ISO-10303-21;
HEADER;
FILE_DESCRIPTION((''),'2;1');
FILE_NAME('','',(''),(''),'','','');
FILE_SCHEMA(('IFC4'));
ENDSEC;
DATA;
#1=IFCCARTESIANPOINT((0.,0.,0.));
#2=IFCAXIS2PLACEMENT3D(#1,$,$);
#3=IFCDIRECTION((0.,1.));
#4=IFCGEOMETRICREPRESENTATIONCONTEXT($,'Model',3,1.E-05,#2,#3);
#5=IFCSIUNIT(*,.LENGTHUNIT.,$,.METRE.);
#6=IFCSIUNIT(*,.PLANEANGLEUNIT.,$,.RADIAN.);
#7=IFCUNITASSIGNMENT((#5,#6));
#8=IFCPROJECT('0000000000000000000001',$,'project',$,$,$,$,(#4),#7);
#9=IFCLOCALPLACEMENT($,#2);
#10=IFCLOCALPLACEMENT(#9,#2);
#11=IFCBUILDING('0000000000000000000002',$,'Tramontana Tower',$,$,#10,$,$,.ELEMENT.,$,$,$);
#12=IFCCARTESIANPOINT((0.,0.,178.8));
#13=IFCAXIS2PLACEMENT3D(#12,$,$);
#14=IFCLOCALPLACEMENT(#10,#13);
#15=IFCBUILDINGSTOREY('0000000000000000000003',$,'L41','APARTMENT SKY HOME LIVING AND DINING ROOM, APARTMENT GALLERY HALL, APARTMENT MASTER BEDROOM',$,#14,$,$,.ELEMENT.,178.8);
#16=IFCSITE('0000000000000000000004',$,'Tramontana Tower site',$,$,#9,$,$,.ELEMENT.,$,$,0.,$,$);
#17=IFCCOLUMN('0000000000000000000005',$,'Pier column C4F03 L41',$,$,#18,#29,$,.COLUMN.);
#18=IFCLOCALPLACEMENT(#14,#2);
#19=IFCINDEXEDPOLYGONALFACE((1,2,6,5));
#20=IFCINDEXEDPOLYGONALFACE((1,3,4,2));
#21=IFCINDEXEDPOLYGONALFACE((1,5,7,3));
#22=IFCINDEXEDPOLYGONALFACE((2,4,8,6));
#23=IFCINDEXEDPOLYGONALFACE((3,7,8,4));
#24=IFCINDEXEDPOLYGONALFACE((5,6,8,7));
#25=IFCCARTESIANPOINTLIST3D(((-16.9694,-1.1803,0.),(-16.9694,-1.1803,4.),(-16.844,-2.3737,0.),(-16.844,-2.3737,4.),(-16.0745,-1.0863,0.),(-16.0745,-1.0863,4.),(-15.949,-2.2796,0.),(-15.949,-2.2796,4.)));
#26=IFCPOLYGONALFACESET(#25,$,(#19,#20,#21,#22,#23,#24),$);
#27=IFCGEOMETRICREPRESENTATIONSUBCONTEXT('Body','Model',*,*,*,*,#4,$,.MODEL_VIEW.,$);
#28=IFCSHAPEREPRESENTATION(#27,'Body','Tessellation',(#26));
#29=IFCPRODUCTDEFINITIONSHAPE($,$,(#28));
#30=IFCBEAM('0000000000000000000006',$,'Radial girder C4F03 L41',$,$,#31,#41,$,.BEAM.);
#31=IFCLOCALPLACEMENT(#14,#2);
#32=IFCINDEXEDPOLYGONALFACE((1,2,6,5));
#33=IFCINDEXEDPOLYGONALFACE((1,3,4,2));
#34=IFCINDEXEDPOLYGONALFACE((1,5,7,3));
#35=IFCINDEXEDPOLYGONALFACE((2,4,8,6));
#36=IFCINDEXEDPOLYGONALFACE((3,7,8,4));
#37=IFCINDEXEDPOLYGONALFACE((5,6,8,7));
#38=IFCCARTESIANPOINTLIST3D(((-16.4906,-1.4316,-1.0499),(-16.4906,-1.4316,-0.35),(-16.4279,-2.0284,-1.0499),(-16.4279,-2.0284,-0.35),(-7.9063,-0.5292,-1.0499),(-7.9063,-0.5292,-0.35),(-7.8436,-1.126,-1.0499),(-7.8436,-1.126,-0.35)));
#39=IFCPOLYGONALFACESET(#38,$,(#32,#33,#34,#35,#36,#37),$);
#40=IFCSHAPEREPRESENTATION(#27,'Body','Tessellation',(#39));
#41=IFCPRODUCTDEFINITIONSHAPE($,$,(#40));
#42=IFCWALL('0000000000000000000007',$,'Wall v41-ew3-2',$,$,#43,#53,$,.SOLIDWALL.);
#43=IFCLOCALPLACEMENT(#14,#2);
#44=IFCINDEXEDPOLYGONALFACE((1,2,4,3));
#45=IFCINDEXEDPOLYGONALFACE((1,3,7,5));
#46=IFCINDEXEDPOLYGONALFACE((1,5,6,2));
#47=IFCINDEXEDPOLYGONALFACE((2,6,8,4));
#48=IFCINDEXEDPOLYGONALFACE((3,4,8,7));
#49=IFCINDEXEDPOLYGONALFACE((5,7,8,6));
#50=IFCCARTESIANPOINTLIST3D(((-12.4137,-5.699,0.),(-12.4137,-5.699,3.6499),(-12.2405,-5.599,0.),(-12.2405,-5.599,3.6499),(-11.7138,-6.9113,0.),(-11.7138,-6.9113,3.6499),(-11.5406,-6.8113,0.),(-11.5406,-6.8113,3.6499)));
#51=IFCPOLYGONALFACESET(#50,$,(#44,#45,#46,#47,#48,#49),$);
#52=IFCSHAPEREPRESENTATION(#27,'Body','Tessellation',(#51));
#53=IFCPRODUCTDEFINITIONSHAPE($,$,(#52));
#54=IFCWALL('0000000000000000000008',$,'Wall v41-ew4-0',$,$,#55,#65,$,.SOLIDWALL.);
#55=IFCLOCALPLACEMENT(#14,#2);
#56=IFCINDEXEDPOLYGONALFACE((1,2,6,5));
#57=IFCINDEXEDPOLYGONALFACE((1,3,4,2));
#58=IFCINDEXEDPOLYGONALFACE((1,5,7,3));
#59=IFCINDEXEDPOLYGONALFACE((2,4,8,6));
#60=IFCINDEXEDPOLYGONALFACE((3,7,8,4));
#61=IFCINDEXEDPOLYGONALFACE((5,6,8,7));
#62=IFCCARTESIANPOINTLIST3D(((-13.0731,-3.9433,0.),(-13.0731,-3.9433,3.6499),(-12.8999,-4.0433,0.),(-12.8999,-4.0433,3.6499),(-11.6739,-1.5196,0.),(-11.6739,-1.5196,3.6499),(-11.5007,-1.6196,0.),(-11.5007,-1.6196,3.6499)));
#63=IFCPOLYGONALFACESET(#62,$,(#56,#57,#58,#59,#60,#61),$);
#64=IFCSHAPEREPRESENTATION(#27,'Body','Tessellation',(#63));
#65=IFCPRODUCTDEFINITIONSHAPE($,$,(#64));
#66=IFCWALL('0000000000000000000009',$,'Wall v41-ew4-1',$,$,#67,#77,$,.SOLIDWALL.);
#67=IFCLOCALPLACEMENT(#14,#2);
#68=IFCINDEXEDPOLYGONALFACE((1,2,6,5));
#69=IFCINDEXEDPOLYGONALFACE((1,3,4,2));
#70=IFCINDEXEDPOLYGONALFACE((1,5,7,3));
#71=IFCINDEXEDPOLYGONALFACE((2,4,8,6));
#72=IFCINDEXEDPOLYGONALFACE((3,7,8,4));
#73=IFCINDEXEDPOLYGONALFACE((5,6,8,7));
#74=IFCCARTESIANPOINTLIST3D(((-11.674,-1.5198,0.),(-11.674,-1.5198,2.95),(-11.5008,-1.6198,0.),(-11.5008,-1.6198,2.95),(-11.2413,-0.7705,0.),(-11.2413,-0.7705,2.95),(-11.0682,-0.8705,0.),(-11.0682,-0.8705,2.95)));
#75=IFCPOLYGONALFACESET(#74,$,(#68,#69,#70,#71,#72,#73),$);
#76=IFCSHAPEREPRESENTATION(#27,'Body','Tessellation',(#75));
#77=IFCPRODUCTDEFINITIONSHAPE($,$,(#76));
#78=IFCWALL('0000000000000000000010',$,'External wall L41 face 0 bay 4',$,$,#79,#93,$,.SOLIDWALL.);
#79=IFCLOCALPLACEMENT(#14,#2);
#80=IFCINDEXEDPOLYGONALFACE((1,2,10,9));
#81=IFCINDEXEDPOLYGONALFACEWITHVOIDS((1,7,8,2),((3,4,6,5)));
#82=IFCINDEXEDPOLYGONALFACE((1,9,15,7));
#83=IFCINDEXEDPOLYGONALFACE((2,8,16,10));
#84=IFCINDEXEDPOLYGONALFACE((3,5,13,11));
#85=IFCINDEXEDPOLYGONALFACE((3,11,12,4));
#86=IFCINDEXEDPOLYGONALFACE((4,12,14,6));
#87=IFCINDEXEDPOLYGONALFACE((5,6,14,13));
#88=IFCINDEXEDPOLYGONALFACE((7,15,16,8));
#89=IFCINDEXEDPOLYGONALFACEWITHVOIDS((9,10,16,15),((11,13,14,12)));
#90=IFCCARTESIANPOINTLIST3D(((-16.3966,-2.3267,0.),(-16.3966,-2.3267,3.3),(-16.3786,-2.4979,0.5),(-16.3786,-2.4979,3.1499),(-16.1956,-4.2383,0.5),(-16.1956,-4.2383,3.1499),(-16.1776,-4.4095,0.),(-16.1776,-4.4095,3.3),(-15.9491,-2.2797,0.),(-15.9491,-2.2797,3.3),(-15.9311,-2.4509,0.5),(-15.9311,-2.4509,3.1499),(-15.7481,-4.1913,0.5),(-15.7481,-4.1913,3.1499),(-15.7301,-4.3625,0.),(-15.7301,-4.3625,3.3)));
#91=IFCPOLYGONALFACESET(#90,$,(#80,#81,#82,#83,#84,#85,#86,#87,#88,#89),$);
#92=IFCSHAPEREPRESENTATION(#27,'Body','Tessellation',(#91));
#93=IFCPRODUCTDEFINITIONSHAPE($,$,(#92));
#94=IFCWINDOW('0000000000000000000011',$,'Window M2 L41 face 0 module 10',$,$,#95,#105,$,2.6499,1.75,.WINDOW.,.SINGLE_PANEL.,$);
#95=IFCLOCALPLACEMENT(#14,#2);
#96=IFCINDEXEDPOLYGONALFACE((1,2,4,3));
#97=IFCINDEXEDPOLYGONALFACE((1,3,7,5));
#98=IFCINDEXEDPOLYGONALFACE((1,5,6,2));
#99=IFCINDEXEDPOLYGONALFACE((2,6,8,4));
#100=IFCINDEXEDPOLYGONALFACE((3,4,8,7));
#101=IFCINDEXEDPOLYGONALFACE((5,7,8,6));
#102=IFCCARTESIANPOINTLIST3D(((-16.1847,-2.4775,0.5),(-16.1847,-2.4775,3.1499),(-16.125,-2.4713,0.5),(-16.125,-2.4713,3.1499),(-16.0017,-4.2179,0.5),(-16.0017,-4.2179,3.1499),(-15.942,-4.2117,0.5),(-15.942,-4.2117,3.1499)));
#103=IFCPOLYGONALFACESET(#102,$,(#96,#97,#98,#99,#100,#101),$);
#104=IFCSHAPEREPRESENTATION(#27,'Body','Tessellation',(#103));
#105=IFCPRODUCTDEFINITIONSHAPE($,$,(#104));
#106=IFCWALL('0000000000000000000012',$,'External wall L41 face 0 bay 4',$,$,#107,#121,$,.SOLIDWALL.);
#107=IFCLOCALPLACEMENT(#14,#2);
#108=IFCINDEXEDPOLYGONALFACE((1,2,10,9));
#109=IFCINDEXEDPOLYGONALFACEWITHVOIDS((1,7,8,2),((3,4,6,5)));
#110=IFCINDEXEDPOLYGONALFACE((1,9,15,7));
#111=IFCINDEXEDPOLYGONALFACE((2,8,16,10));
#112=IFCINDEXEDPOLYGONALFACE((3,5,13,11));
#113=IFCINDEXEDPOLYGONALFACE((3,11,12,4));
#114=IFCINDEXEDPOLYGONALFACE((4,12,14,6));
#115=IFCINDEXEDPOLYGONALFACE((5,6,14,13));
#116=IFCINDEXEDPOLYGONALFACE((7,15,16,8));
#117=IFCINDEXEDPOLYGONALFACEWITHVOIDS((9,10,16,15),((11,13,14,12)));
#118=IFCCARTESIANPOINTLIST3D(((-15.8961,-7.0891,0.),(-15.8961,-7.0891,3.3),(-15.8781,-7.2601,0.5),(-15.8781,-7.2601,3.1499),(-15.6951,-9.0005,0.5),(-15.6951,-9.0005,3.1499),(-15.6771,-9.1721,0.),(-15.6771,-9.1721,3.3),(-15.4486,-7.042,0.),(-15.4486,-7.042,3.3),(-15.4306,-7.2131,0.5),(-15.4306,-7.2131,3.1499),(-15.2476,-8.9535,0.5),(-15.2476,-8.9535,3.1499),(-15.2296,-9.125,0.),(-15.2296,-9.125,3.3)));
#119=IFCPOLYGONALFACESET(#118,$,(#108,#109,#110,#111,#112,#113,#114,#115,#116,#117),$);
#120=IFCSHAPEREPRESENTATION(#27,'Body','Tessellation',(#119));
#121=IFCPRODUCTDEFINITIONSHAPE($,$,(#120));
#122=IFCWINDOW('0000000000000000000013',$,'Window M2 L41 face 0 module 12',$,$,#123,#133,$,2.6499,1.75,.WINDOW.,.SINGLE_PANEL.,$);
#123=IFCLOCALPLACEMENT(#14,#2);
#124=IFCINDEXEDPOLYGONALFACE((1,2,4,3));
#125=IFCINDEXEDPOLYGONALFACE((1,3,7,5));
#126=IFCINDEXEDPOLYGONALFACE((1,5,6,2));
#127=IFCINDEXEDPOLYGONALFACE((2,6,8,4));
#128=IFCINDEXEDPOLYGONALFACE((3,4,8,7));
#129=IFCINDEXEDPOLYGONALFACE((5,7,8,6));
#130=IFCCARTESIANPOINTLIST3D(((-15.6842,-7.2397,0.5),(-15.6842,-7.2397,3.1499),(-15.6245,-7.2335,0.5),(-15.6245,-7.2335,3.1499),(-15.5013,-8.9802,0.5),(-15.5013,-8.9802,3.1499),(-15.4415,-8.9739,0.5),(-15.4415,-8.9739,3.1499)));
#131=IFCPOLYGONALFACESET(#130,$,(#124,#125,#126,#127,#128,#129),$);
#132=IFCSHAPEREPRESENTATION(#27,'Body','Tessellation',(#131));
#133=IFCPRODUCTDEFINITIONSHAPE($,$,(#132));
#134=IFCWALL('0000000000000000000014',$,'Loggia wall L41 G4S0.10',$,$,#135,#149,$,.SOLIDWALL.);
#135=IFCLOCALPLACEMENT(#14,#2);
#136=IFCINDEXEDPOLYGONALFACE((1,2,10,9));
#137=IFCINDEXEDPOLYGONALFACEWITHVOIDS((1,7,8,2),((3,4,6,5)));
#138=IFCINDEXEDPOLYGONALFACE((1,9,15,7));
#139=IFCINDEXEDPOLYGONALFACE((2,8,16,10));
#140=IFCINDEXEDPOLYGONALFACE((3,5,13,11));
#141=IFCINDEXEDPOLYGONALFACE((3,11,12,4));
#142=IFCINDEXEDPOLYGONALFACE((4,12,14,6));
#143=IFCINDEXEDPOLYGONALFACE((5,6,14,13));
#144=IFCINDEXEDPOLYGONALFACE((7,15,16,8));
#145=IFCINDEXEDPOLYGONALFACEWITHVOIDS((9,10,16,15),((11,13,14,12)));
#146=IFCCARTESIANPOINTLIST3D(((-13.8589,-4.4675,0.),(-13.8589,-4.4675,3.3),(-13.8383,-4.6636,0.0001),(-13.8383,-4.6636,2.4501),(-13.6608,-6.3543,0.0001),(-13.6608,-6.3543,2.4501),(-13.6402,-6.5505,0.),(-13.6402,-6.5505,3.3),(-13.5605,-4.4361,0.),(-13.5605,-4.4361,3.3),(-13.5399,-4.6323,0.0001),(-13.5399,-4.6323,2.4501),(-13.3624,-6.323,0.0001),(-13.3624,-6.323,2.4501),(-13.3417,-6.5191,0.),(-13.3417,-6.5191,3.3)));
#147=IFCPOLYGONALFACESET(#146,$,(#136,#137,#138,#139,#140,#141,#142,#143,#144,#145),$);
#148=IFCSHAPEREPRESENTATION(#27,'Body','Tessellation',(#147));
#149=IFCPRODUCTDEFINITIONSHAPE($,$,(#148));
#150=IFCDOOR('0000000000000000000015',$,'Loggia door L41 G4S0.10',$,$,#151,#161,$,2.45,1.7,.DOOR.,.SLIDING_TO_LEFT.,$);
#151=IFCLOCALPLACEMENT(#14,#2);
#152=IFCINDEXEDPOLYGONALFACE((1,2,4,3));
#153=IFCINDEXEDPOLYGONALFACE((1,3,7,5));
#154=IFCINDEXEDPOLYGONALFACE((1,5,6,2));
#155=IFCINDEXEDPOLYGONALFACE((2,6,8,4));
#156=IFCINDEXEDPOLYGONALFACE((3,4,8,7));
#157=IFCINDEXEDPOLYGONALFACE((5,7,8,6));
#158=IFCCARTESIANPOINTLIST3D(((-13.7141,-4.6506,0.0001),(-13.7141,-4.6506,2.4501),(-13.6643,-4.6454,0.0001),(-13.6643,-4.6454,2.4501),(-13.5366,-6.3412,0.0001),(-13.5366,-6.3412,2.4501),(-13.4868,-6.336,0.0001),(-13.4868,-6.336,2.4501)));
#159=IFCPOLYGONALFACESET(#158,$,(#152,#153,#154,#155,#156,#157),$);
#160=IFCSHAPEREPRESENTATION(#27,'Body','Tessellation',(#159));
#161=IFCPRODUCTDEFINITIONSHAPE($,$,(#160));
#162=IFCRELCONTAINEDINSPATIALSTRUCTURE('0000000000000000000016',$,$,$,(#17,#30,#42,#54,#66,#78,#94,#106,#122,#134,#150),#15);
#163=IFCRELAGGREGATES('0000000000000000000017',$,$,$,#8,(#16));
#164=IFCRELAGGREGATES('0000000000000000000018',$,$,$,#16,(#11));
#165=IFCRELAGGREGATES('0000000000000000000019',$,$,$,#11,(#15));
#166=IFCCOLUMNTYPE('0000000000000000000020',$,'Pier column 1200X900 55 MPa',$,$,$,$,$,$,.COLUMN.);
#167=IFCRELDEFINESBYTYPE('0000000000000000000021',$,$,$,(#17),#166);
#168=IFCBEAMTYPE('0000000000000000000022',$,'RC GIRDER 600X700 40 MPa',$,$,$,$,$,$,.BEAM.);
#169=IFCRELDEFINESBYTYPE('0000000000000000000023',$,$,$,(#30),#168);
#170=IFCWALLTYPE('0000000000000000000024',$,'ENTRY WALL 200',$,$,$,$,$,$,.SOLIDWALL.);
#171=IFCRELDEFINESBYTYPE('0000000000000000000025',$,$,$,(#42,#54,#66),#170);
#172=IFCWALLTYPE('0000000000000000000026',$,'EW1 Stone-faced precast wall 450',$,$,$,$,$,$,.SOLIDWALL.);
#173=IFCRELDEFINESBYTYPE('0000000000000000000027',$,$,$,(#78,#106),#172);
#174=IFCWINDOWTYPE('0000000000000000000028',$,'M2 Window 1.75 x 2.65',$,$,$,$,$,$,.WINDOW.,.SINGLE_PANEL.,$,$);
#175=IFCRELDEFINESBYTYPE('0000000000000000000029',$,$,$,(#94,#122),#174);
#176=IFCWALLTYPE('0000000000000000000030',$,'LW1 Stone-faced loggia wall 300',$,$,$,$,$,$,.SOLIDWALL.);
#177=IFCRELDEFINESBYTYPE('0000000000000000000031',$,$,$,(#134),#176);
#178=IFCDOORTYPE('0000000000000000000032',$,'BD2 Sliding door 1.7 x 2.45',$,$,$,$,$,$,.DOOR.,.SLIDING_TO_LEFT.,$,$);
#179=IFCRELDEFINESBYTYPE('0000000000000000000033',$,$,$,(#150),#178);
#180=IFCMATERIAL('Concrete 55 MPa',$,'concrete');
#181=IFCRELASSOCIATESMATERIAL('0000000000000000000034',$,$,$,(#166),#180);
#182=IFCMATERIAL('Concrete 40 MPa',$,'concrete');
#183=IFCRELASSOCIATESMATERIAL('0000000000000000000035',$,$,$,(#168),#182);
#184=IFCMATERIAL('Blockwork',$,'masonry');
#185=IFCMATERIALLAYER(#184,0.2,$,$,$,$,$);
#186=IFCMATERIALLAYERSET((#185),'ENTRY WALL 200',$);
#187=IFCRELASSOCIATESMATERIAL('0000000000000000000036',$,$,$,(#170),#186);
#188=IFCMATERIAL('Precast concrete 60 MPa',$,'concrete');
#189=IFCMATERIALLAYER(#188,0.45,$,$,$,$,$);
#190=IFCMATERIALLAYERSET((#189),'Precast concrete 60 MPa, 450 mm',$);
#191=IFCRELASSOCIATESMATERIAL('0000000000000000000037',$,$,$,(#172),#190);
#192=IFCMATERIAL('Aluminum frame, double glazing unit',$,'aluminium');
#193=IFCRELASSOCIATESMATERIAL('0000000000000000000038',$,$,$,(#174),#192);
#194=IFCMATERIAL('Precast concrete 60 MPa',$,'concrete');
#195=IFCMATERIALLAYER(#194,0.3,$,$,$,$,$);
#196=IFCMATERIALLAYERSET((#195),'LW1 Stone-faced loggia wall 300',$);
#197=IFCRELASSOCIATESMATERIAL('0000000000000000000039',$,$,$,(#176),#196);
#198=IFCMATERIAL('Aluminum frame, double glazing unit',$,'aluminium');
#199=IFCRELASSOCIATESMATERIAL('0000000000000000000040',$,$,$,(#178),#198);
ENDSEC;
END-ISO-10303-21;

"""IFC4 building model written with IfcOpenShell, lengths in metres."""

from ifc_helpers import new_model, si_unit, direction, frame, frame_2d, origin, origin_2d, place, context, subcontext, project, spatial, rectangle, extrude, material, layer, layer_set, material_profile, profile_set, type_object, element, fill, save


model = new_model("IFC4")

# Units and contexts
model_context = context("Model", 3, precision=1e-05, world=origin(), true_north=direction((0.0, 1.0)))
body_context = subcontext(model_context, "Body", "Model", "MODEL_VIEW")
ifc_project = project(units=[si_unit("LENGTHUNIT", "METRE"), si_unit("PLANEANGLEUNIT", "RADIAN")], contexts=[model_context])

# Site, building, storey
site_placement = place(None, origin())
site = spatial("IfcSite", under=ifc_project, at=site_placement, Name="Tramontana Tower site", CompositionType="ELEMENT", RefElevation=0.0)
building_placement = place(site_placement, origin())
building = spatial("IfcBuilding", under=site, at=building_placement, Name="Tramontana Tower", CompositionType="ELEMENT")
storey_placement = place(building_placement, frame((0.0, 0.0, 178.8)))
storey = spatial("IfcBuildingStorey", under=building, at=storey_placement, Name="L41", Description="APARTMENT SKY HOME LIVING AND DINING ROOM, APARTMENT GALLERY HALL, APARTMENT MASTER BEDROOM", CompositionType="ELEMENT", Elevation=178.8)

# Column
ifc_material_1 = material(Name="Concrete 55 MPa", Category="concrete")
ifc_material_profile_1 = material_profile(ifc_material_1, rectangle(XDim=1.2, YDim=0.8999, at=origin_2d()), Name="Pier column 1200X900 55 MPa")
ifc_profile_set_1 = profile_set([ifc_material_profile_1], Name="Concrete 55 MPa")
column_type = type_object("IfcColumnType", Name="Pier column 1200X900 55 MPa", PredefinedType="COLUMN", material=ifc_profile_set_1)
column_placement = place(storey_placement, frame((-16.4592, -1.73, 0.0), z_axis=(0.0, 0.0, 1.0), x_axis=(0.104528, -0.994522, 0.0)))
element("IfcColumn", 1, at=column_placement, inside=storey, type_object=column_type, Name="Pier column C4F03 L41", PredefinedType="COLUMN", context=body_context, shape_type="SweptSolid", body=[
    extrude(rectangle(XDim=1.2, YDim=0.8999, at=origin_2d()), origin(), (0.0, 0.0, 1.0), 4.0),
])

# Beam
ifc_material_2 = material(Name="Concrete 40 MPa", Category="concrete")
ifc_material_profile_2 = material_profile(ifc_material_2, rectangle(XDim=0.6001, YDim=0.7, at=origin_2d()), Name="RC GIRDER 600X700 40 MPa")
ifc_profile_set_2 = profile_set([ifc_material_profile_2], Name="Concrete 40 MPa")
beam_type = type_object("IfcBeamType", Name="RC GIRDER 600X700 40 MPa", PredefinedType="BEAM", material=ifc_profile_set_2)
beam_placement = place(storey_placement, frame((-16.4592, -1.73, -0.7), z_axis=(0.994521, 0.10454, 0.0), x_axis=(-0.10454, 0.994521, 0.0)))
element("IfcBeam", 2, at=beam_placement, inside=storey, type_object=beam_type, Name="Radial girder C4F03 L41", PredefinedType="BEAM", context=body_context, shape_type="SweptSolid", body=[
    extrude(rectangle(XDim=0.6001, YDim=0.7, at=origin_2d()), origin(), (0.0, 0.0, 1.0), 8.6316),
])

# Walls
ifc_material_3 = material(Name="Blockwork", Category="masonry")
ifc_layer_1 = layer(ifc_material_3, 0.2)
ifc_layer_set_1 = layer_set([ifc_layer_1], Name="ENTRY WALL 200")
wall_type_1 = type_object("IfcWallType", Name="ENTRY WALL 200", PredefinedType="SOLIDWALL", material=ifc_layer_set_1)
wall_1_placement = place(storey_placement, frame((-11.6272, -6.8613, 0.0), z_axis=(0.0, 0.0, 1.0), x_axis=(-0.499984, 0.866035, 0.0)))
element("IfcWall", 3, at=wall_1_placement, inside=storey, type_object=wall_type_1, Name="Wall v41-ew3-2", PredefinedType="SOLIDWALL", context=body_context, shape_type="SweptSolid", body=[
    extrude(rectangle(XDim=1.3999, YDim=0.2, at=frame_2d((0.7, 0.0))), origin(), (0.0, 0.0, 1.0), 3.6499),
])
wall_2_placement = place(storey_placement, frame((-12.9866, -3.9934, 0.0), z_axis=(0.0, 0.0, 1.0), x_axis=(0.499977, 0.866039, 0.0)))
element("IfcWall", 4, at=wall_2_placement, inside=storey, type_object=wall_type_1, Name="Wall v41-ew4-0", PredefinedType="SOLIDWALL", context=body_context, shape_type="SweptSolid", body=[
    extrude(rectangle(XDim=2.7986, YDim=0.2, at=frame_2d((1.3994, 0.0))), origin(), (0.0, 0.0, 1.0), 3.6499),
])
wall_3_placement = place(storey_placement, frame((-11.5874, -1.5698, 0.0), z_axis=(0.0, 0.0, 1.0), x_axis=(0.500024, 0.866012, 0.0)))
element("IfcWall", 5, at=wall_3_placement, inside=storey, type_object=wall_type_1, Name="Wall v41-ew4-1", PredefinedType="SOLIDWALL", context=body_context, shape_type="SweptSolid", body=[
    extrude(rectangle(XDim=0.8652, YDim=0.2, at=frame_2d((0.4326, 0.0))), origin(), (0.0, 0.0, 1.0), 2.95),
])

# Walls, openings, windows
ifc_material_4 = material(Name="Precast concrete 60 MPa", Category="concrete")
ifc_layer_2 = layer(ifc_material_4, 0.45)
ifc_layer_set_2 = layer_set([ifc_layer_2], Name="Precast concrete 60 MPa, 450 mm")
wall_type_2 = type_object("IfcWallType", Name="EW1 Stone-faced precast wall 450", PredefinedType="SOLIDWALL", material=ifc_layer_set_2)
wall_4_placement = place(storey_placement, frame((-16.1729, -2.3032, 0.0), z_axis=(0.0, 0.0, 1.0), x_axis=(0.104569, -0.994518, 0.0)))
wall_4 = element("IfcWall", 6, at=wall_4_placement, inside=storey, type_object=wall_type_2, Name="External wall L41 face 0 bay 4", PredefinedType="SOLIDWALL", context=body_context, shape_type="SweptSolid", body=[
    extrude(rectangle(XDim=2.0942, YDim=0.45, at=frame_2d((1.0471, 0.0))), origin(), (0.0, 0.0, 1.0), 3.3),
])
opening_1_placement = place(wall_4_placement, frame((0.1721, 0.0, 0.5)))
opening_1 = element("IfcOpeningElement", 7, at=opening_1_placement, cuts=wall_4, PredefinedType="OPENING", context=body_context, shape_type="SweptSolid", body=[
    extrude(rectangle(XDim=1.75, YDim=2.6499, at=frame_2d((0.875, 1.325))), frame((0.0, 0.2349, 0.0), z_axis=(0.0, -1.0, 0.0), x_axis=(1.0, 0.0, 0.0)), (0.0, 0.0, 1.0), 0.47),
])
ifc_material_5 = material(Name="Aluminum frame, double glazing unit", Category="aluminium")
window_type = type_object("IfcWindowType", Name="M2 Window 1.75 x 2.65", PartitioningType="SINGLE_PANEL", PredefinedType="WINDOW", material=ifc_material_5)
window_1_placement = place(opening_1_placement, origin())
window_1 = element("IfcWindow", 8, at=window_1_placement, inside=storey, type_object=window_type, Name="Window M2 L41 face 0 module 10", OverallHeight=2.6499, OverallWidth=1.75, PartitioningType="SINGLE_PANEL", PredefinedType="WINDOW", context=body_context, shape_type="SweptSolid", body=[
    extrude(rectangle(XDim=1.75, YDim=2.6499, at=frame_2d((0.875, 1.325))), frame((0.0, 0.03, 0.0), z_axis=(0.0, -1.0, 0.0), x_axis=(1.0, 0.0, 0.0)), (0.0, 0.0, 1.0), 0.0601),
])
fill(opening_1, window_1)
wall_5_placement = place(storey_placement, frame((-15.6724, -7.0654, 0.0), z_axis=(0.0, 0.0, 1.0), x_axis=(0.104557, -0.994519, 0.0)))
wall_5 = element("IfcWall", 9, at=wall_5_placement, inside=storey, type_object=wall_type_2, Name="External wall L41 face 0 bay 4", PredefinedType="SOLIDWALL", context=body_context, shape_type="SweptSolid", body=[
    extrude(rectangle(XDim=2.0945, YDim=0.45, at=frame_2d((1.0474, 0.0))), origin(), (0.0, 0.0, 1.0), 3.3),
])
opening_2_placement = place(wall_5_placement, frame((0.1721, 0.0, 0.5)))
opening_2 = element("IfcOpeningElement", 10, at=opening_2_placement, cuts=wall_5, PredefinedType="OPENING", context=body_context, shape_type="SweptSolid", body=[
    extrude(rectangle(XDim=1.75, YDim=2.6499, at=frame_2d((0.875, 1.325))), frame((0.0, 0.2349, 0.0), z_axis=(0.0, -1.0, 0.0), x_axis=(1.0, 0.0, 0.0)), (0.0, 0.0, 1.0), 0.47),
])
window_2_placement = place(opening_2_placement, origin())
window_2 = element("IfcWindow", 11, at=window_2_placement, inside=storey, type_object=window_type, Name="Window M2 L41 face 0 module 12", OverallHeight=2.6499, OverallWidth=1.75, PartitioningType="SINGLE_PANEL", PredefinedType="WINDOW", context=body_context, shape_type="SweptSolid", body=[
    extrude(rectangle(XDim=1.75, YDim=2.6499, at=frame_2d((0.875, 1.325))), frame((0.0, 0.03, 0.0), z_axis=(0.0, -1.0, 0.0), x_axis=(1.0, 0.0, 0.0)), (0.0, 0.0, 1.0), 0.0601),
])
fill(opening_2, window_2)

# Wall, opening, door
ifc_material_6 = material(Name="Precast concrete 60 MPa", Category="concrete")
ifc_layer_3 = layer(ifc_material_6, 0.3)
ifc_layer_set_3 = layer_set([ifc_layer_3], Name="LW1 Stone-faced loggia wall 300")
wall_type_3 = type_object("IfcWallType", Name="LW1 Stone-faced loggia wall 300", PredefinedType="SOLIDWALL", material=ifc_layer_set_3)
wall_6_placement = place(storey_placement, frame((-13.7097, -4.4517, 0.0), z_axis=(0.0, 0.0, 1.0), x_axis=(0.104442, -0.994531, 0.0)))
wall_6 = element("IfcWall", 12, at=wall_6_placement, inside=storey, type_object=wall_type_3, Name="Loggia wall L41 G4S0.10", PredefinedType="SOLIDWALL", context=body_context, shape_type="SweptSolid", body=[
    extrude(rectangle(XDim=2.0945, YDim=0.3, at=frame_2d((1.0474, 0.0))), origin(), (0.0, 0.0, 1.0), 3.3),
])
opening_3_placement = place(wall_6_placement, frame((0.1973, 0.0, 0.0)))
opening_3 = element("IfcOpeningElement", 13, at=opening_3_placement, cuts=wall_6, PredefinedType="OPENING", context=body_context, shape_type="SweptSolid", body=[
    extrude(rectangle(XDim=1.7, YDim=2.45, at=frame_2d((0.8501, 1.2251))), frame((0.0, 0.1599, 0.0), z_axis=(0.0, -1.0, 0.0), x_axis=(1.0, 0.0, 0.0)), (0.0, 0.0, 1.0), 0.3201),
])
ifc_material_7 = material(Name="Aluminum frame, double glazing unit", Category="aluminium")
door_type_1 = type_object("IfcDoorType", Name="BD2 Sliding door 1.7 x 2.45", OperationType="SLIDING_TO_LEFT", PredefinedType="DOOR", material=ifc_material_7)
door_1_placement = place(opening_3_placement, origin())
door_1 = element("IfcDoor", 14, at=door_1_placement, inside=storey, type_object=door_type_1, Name="Loggia door L41 G4S0.10", OperationType="SLIDING_TO_LEFT", OverallHeight=2.45, OverallWidth=1.7, PredefinedType="DOOR", context=body_context, shape_type="SweptSolid", body=[
    extrude(rectangle(XDim=1.7, YDim=2.45, at=frame_2d((0.8501, 1.2251))), frame((0.0, 0.0249, 0.0), z_axis=(0.0, -1.0, 0.0), x_axis=(1.0, 0.0, 0.0)), (0.0, 0.0, 1.0), 0.05),
])
fill(opening_3, door_1)

save(model, "model.ifc")
